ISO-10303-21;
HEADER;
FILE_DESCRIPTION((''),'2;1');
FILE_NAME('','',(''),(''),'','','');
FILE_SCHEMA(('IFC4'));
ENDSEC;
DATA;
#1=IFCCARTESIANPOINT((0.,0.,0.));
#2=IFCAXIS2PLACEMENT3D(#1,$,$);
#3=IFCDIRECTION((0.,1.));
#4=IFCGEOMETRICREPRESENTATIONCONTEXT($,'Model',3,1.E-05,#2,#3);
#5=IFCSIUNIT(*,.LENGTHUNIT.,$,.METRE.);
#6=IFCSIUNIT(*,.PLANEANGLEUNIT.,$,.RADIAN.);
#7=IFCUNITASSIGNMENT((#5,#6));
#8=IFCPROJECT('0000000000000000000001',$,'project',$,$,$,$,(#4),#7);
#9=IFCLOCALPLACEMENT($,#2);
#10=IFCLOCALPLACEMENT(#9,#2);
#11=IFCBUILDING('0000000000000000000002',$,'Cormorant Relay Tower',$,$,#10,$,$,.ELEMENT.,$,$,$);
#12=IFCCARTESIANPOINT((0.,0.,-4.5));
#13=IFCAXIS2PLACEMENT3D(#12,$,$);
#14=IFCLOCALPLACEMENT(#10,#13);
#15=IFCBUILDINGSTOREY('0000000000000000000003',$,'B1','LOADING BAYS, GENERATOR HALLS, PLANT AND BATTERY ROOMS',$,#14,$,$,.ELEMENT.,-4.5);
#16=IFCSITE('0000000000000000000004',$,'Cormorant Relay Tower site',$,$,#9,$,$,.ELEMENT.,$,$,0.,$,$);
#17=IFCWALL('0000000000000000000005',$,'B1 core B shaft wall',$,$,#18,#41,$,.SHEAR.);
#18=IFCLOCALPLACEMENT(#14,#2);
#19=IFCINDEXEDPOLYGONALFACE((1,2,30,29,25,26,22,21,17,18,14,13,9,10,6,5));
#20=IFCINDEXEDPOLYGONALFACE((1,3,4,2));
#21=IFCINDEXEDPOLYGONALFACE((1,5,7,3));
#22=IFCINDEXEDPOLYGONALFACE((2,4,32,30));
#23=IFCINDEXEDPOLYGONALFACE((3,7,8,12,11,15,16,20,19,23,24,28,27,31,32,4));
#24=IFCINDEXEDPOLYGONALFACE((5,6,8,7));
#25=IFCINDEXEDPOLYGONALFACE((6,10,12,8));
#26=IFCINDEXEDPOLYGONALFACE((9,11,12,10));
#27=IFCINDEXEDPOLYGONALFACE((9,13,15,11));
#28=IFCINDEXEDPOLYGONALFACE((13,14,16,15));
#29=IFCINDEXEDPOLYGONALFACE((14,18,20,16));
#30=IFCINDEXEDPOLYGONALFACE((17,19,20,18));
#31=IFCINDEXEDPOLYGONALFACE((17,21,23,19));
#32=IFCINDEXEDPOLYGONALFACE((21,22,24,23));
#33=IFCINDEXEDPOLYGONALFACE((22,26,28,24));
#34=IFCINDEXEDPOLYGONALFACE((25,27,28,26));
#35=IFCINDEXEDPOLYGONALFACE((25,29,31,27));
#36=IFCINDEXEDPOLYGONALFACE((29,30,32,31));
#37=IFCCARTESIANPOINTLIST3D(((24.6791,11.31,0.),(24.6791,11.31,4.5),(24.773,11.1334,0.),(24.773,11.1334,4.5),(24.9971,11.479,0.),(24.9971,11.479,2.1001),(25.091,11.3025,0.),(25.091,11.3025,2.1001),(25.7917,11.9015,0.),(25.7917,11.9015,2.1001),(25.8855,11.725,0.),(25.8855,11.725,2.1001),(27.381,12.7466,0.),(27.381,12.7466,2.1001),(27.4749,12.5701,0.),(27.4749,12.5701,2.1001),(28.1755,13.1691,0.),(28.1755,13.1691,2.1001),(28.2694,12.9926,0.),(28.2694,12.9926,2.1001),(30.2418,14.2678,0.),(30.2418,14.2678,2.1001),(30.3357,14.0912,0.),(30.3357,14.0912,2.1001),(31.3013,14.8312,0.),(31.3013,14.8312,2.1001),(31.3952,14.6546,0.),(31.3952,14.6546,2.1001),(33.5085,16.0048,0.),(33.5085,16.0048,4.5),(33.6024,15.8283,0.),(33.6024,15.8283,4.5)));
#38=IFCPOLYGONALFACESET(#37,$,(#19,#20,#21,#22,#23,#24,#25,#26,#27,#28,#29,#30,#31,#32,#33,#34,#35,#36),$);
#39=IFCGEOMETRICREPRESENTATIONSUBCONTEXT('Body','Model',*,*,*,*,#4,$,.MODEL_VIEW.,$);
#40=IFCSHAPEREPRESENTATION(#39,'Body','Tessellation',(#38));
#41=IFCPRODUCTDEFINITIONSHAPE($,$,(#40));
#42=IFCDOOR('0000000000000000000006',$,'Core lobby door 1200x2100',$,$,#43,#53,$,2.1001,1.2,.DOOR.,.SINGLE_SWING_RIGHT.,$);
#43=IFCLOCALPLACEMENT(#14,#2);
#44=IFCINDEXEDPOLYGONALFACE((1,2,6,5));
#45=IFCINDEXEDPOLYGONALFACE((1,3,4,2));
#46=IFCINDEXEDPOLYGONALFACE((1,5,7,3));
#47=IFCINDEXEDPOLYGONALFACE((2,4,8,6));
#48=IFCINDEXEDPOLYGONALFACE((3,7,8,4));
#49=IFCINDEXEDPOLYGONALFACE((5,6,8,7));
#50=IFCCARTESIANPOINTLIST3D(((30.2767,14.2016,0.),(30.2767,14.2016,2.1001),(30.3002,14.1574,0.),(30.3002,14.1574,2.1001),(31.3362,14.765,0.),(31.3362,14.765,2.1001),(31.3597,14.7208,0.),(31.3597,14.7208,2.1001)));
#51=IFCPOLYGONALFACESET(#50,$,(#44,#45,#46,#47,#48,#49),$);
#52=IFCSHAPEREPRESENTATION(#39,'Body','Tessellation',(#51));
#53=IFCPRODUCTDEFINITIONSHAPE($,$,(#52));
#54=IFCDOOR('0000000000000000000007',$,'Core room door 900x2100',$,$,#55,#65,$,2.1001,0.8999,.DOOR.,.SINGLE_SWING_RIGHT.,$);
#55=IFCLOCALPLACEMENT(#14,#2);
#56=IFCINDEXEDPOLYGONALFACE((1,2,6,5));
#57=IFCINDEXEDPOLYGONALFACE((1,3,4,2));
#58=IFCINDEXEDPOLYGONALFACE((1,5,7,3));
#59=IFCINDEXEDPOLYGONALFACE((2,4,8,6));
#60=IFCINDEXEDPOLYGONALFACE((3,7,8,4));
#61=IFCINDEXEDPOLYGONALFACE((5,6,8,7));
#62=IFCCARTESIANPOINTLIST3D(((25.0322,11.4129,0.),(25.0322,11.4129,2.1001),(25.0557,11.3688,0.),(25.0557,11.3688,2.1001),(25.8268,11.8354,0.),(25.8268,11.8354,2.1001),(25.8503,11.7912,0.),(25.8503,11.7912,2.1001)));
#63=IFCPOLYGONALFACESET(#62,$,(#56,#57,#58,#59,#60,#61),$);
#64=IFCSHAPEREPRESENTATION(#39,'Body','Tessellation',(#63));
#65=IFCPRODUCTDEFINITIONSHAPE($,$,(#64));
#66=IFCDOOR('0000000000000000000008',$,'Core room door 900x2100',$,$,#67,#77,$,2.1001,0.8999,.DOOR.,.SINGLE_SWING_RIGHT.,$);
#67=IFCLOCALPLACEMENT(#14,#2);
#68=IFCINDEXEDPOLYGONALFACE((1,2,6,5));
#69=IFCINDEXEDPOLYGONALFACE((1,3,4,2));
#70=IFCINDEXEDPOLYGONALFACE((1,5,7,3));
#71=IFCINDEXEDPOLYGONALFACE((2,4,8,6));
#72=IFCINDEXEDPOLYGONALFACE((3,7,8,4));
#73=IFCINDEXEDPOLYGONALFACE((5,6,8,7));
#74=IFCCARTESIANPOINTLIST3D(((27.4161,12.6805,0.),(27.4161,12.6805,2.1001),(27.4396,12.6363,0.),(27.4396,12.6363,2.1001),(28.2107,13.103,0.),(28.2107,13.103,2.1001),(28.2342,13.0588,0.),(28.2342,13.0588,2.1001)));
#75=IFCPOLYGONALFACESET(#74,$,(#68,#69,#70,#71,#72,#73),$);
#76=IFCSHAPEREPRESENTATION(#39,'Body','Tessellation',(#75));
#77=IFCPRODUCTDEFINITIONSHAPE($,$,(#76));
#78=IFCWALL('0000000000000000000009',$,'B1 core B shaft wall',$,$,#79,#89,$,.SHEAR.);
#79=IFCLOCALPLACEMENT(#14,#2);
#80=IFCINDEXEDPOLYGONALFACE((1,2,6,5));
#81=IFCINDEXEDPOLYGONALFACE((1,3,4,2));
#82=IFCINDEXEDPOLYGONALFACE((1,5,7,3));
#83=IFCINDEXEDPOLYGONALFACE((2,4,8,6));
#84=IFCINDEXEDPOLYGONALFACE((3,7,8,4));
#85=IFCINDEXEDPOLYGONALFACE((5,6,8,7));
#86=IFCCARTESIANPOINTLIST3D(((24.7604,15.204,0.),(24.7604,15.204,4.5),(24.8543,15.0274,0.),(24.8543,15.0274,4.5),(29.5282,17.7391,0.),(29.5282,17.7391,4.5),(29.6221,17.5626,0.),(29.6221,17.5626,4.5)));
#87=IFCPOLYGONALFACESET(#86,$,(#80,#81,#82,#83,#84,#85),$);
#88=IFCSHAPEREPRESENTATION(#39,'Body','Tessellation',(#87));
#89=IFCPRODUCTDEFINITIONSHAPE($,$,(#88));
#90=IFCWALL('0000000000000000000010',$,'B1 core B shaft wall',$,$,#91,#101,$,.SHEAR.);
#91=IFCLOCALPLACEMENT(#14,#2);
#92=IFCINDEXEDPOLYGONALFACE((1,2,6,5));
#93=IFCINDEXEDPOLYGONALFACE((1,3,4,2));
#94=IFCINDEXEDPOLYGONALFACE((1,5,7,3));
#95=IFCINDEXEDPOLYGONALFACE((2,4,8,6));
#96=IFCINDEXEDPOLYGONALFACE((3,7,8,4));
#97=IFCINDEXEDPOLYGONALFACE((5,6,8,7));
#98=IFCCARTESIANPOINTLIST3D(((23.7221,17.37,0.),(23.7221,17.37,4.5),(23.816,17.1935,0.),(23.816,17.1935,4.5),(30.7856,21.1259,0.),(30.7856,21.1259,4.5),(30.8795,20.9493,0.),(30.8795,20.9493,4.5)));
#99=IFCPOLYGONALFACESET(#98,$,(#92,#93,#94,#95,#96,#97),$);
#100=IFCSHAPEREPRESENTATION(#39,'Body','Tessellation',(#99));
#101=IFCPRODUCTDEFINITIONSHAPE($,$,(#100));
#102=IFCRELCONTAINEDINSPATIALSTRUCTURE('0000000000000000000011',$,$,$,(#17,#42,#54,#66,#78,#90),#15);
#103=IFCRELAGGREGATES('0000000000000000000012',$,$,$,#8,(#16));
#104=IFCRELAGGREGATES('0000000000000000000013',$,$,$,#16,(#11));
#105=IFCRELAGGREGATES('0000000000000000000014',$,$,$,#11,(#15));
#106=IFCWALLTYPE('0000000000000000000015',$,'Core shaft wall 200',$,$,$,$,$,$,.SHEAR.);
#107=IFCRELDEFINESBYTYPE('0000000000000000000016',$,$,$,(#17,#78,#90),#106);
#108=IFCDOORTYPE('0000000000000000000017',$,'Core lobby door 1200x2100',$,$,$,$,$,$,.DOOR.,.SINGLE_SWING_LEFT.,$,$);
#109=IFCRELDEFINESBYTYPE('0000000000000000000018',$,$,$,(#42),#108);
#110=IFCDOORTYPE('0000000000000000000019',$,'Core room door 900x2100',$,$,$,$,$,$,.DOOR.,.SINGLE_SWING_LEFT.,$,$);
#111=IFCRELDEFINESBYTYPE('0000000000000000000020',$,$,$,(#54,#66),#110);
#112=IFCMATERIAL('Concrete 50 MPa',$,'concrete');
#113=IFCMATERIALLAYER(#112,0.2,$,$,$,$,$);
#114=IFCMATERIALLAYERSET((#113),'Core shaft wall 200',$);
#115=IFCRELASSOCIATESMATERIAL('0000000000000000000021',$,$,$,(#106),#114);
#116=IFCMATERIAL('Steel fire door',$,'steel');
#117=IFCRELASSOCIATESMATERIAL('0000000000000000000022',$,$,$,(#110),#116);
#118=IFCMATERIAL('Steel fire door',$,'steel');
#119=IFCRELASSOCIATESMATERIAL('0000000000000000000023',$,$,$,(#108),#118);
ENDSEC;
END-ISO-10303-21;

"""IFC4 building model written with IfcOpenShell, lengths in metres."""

from ifc_helpers import new_model, si_unit, direction, frame, frame_2d, origin, place, context, subcontext, project, spatial, rectangle, extrude, material, layer, layer_set, type_object, element, fill, save


model = new_model("IFC4")

# Units and contexts
model_context = context("Model", 3, precision=1e-05, world=origin(), true_north=direction((0.0, 1.0)))
body_context = subcontext(model_context, "Body", "Model", "MODEL_VIEW")
ifc_project = project(units=[si_unit("LENGTHUNIT", "METRE"), si_unit("PLANEANGLEUNIT", "RADIAN")], contexts=[model_context])

# Site, building, storey
site_placement = place(None, origin())
site = spatial("IfcSite", under=ifc_project, at=site_placement, Name="Cormorant Relay Tower site", CompositionType="ELEMENT", RefElevation=0.0)
building_placement = place(site_placement, origin())
building = spatial("IfcBuilding", under=site, at=building_placement, Name="Cormorant Relay Tower", CompositionType="ELEMENT")
storey_placement = place(building_placement, frame((0.0, 0.0, -4.5)))
storey = spatial("IfcBuildingStorey", under=building, at=storey_placement, Name="B1", Description="LOADING BAYS, GENERATOR HALLS, PLANT AND BATTERY ROOMS", CompositionType="ELEMENT", Elevation=-4.5)

# Shared definitions
ifc_material_1 = material(Name="Concrete 50 MPa", Category="concrete")
ifc_layer_1 = layer(ifc_material_1, 0.2)
ifc_layer_set_1 = layer_set([ifc_layer_1], Name="Core shaft wall 200")
wall_type_1 = type_object("IfcWallType", Name="Core shaft wall 200", PredefinedType="SHEAR", material=ifc_layer_set_1)

# Shared definitions
ifc_material_2 = material(Name="Steel fire door", Category="steel")
door_type_1 = type_object("IfcDoorType", Name="Core room door 900x2100", OperationType="SINGLE_SWING_LEFT", PredefinedType="DOOR", material=ifc_material_2)

# Wall, openings, doors
wall_1_placement = place(storey_placement, frame((24.7261, 11.2217, 0.0), z_axis=(0.0, 0.0, 1.0), x_axis=(0.88294, 0.469485, 0.0)))
wall_1 = element("IfcWall", 1, at=wall_1_placement, inside=storey, type_object=wall_type_1, Name="B1 core B shaft wall", PredefinedType="SHEAR", context=body_context, shape_type="SweptSolid", body=[
    extrude(rectangle(XDim=10.0, YDim=0.2, at=frame_2d((5.0, 0.0))), origin(), (0.0, 0.0, 1.0), 4.5),
])
opening_1_placement = place(wall_1_placement, frame((6.3, 0.0, 0.0)))
opening_1 = element("IfcOpeningElement", 2, at=opening_1_placement, cuts=wall_1, PredefinedType="OPENING", context=body_context, shape_type="SweptSolid", body=[
    extrude(rectangle(XDim=1.2, YDim=2.1001, at=frame_2d((0.6001, 1.05))), frame((0.0, 0.1099, 0.0), z_axis=(0.0, -1.0, 0.0), x_axis=(1.0, 0.0, 0.0)), (0.0, 0.0, 1.0), 0.22),
])
opening_2_placement = place(wall_1_placement, frame((0.3601, 0.0, 0.0)))
opening_2 = element("IfcOpeningElement", 3, at=opening_2_placement, cuts=wall_1, PredefinedType="OPENING", context=body_context, shape_type="SweptSolid", body=[
    extrude(rectangle(XDim=0.8999, YDim=2.1001, at=frame_2d((0.45, 1.05))), frame((0.0, 0.1099, 0.0), z_axis=(0.0, -1.0, 0.0), x_axis=(1.0, 0.0, 0.0)), (0.0, 0.0, 1.0), 0.22),
])
opening_3_placement = place(wall_1_placement, frame((3.0601, 0.0, 0.0)))
opening_3 = element("IfcOpeningElement", 4, at=opening_3_placement, cuts=wall_1, PredefinedType="OPENING", context=body_context, shape_type="SweptSolid", body=[
    extrude(rectangle(XDim=0.8999, YDim=2.1001, at=frame_2d((0.45, 1.05))), frame((0.0, 0.1099, 0.0), z_axis=(0.0, -1.0, 0.0), x_axis=(1.0, 0.0, 0.0)), (0.0, 0.0, 1.0), 0.22),
])
ifc_material_3 = material(Name="Steel fire door", Category="steel")
door_type_2 = type_object("IfcDoorType", Name="Core lobby door 1200x2100", OperationType="SINGLE_SWING_LEFT", PredefinedType="DOOR", material=ifc_material_3)
door_1_placement = place(opening_1_placement, frame((1.2, 0.0, 0.0), z_axis=(0.0, 0.0, 1.0), x_axis=(-1.0, 0.0, 0.0)))
door_1 = element("IfcDoor", 5, at=door_1_placement, inside=storey, type_object=door_type_2, Name="Core lobby door 1200x2100", OperationType="SINGLE_SWING_RIGHT", OverallHeight=2.1001, OverallWidth=1.2, PredefinedType="DOOR", context=body_context, shape_type="SweptSolid", body=[
    extrude(rectangle(XDim=1.2, YDim=2.1001, at=frame_2d((0.6001, 1.05))), frame((0.0, 0.0249, 0.0), z_axis=(0.0, -1.0, 0.0), x_axis=(1.0, 0.0, 0.0)), (0.0, 0.0, 1.0), 0.05),
])
fill(opening_1, door_1)
door_2_placement = place(opening_2_placement, frame((0.8999, 0.0, 0.0), z_axis=(0.0, 0.0, 1.0), x_axis=(-1.0, 0.0, 0.0)))
door_2 = element("IfcDoor", 6, at=door_2_placement, inside=storey, type_object=door_type_1, Name="Core room door 900x2100", OperationType="SINGLE_SWING_RIGHT", OverallHeight=2.1001, OverallWidth=0.8999, PredefinedType="DOOR", context=body_context, shape_type="SweptSolid", body=[
    extrude(rectangle(XDim=0.8999, YDim=2.1001, at=frame_2d((0.45, 1.05))), frame((0.0, 0.0249, 0.0), z_axis=(0.0, -1.0, 0.0), x_axis=(1.0, 0.0, 0.0)), (0.0, 0.0, 1.0), 0.05),
])
fill(opening_2, door_2)
door_3_placement = place(opening_3_placement, frame((0.8999, 0.0, 0.0), z_axis=(0.0, 0.0, 1.0), x_axis=(-1.0, 0.0, 0.0)))
door_3 = element("IfcDoor", 7, at=door_3_placement, inside=storey, type_object=door_type_1, Name="Core room door 900x2100", OperationType="SINGLE_SWING_RIGHT", OverallHeight=2.1001, OverallWidth=0.8999, PredefinedType="DOOR", context=body_context, shape_type="SweptSolid", body=[
    extrude(rectangle(XDim=0.8999, YDim=2.1001, at=frame_2d((0.45, 1.05))), frame((0.0, 0.0249, 0.0), z_axis=(0.0, -1.0, 0.0), x_axis=(1.0, 0.0, 0.0)), (0.0, 0.0, 1.0), 0.05),
])
fill(opening_3, door_3)

# Walls
wall_2_placement = place(storey_placement, frame((24.8074, 15.1157, 0.0), z_axis=(0.0, 0.0, 1.0), x_axis=(0.882943, 0.46948, 0.0)))
element("IfcWall", 8, at=wall_2_placement, inside=storey, type_object=wall_type_1, Name="B1 core B shaft wall", PredefinedType="SHEAR", context=body_context, shape_type="SweptSolid", body=[
    extrude(rectangle(XDim=5.3999, YDim=0.2, at=frame_2d((2.7, 0.0))), origin(), (0.0, 0.0, 1.0), 4.5),
])
wall_3_placement = place(storey_placement, frame((23.769, 17.2817, 0.0), z_axis=(0.0, 0.0, 1.0), x_axis=(0.88294, 0.469485, 0.0)))
element("IfcWall", 9, at=wall_3_placement, inside=storey, type_object=wall_type_1, Name="B1 core B shaft wall", PredefinedType="SHEAR", context=body_context, shape_type="SweptSolid", body=[
    extrude(rectangle(XDim=8.0, YDim=0.2, at=frame_2d((4.0, 0.0))), origin(), (0.0, 0.0, 1.0), 4.5),
])

save(model, "model.ifc")
